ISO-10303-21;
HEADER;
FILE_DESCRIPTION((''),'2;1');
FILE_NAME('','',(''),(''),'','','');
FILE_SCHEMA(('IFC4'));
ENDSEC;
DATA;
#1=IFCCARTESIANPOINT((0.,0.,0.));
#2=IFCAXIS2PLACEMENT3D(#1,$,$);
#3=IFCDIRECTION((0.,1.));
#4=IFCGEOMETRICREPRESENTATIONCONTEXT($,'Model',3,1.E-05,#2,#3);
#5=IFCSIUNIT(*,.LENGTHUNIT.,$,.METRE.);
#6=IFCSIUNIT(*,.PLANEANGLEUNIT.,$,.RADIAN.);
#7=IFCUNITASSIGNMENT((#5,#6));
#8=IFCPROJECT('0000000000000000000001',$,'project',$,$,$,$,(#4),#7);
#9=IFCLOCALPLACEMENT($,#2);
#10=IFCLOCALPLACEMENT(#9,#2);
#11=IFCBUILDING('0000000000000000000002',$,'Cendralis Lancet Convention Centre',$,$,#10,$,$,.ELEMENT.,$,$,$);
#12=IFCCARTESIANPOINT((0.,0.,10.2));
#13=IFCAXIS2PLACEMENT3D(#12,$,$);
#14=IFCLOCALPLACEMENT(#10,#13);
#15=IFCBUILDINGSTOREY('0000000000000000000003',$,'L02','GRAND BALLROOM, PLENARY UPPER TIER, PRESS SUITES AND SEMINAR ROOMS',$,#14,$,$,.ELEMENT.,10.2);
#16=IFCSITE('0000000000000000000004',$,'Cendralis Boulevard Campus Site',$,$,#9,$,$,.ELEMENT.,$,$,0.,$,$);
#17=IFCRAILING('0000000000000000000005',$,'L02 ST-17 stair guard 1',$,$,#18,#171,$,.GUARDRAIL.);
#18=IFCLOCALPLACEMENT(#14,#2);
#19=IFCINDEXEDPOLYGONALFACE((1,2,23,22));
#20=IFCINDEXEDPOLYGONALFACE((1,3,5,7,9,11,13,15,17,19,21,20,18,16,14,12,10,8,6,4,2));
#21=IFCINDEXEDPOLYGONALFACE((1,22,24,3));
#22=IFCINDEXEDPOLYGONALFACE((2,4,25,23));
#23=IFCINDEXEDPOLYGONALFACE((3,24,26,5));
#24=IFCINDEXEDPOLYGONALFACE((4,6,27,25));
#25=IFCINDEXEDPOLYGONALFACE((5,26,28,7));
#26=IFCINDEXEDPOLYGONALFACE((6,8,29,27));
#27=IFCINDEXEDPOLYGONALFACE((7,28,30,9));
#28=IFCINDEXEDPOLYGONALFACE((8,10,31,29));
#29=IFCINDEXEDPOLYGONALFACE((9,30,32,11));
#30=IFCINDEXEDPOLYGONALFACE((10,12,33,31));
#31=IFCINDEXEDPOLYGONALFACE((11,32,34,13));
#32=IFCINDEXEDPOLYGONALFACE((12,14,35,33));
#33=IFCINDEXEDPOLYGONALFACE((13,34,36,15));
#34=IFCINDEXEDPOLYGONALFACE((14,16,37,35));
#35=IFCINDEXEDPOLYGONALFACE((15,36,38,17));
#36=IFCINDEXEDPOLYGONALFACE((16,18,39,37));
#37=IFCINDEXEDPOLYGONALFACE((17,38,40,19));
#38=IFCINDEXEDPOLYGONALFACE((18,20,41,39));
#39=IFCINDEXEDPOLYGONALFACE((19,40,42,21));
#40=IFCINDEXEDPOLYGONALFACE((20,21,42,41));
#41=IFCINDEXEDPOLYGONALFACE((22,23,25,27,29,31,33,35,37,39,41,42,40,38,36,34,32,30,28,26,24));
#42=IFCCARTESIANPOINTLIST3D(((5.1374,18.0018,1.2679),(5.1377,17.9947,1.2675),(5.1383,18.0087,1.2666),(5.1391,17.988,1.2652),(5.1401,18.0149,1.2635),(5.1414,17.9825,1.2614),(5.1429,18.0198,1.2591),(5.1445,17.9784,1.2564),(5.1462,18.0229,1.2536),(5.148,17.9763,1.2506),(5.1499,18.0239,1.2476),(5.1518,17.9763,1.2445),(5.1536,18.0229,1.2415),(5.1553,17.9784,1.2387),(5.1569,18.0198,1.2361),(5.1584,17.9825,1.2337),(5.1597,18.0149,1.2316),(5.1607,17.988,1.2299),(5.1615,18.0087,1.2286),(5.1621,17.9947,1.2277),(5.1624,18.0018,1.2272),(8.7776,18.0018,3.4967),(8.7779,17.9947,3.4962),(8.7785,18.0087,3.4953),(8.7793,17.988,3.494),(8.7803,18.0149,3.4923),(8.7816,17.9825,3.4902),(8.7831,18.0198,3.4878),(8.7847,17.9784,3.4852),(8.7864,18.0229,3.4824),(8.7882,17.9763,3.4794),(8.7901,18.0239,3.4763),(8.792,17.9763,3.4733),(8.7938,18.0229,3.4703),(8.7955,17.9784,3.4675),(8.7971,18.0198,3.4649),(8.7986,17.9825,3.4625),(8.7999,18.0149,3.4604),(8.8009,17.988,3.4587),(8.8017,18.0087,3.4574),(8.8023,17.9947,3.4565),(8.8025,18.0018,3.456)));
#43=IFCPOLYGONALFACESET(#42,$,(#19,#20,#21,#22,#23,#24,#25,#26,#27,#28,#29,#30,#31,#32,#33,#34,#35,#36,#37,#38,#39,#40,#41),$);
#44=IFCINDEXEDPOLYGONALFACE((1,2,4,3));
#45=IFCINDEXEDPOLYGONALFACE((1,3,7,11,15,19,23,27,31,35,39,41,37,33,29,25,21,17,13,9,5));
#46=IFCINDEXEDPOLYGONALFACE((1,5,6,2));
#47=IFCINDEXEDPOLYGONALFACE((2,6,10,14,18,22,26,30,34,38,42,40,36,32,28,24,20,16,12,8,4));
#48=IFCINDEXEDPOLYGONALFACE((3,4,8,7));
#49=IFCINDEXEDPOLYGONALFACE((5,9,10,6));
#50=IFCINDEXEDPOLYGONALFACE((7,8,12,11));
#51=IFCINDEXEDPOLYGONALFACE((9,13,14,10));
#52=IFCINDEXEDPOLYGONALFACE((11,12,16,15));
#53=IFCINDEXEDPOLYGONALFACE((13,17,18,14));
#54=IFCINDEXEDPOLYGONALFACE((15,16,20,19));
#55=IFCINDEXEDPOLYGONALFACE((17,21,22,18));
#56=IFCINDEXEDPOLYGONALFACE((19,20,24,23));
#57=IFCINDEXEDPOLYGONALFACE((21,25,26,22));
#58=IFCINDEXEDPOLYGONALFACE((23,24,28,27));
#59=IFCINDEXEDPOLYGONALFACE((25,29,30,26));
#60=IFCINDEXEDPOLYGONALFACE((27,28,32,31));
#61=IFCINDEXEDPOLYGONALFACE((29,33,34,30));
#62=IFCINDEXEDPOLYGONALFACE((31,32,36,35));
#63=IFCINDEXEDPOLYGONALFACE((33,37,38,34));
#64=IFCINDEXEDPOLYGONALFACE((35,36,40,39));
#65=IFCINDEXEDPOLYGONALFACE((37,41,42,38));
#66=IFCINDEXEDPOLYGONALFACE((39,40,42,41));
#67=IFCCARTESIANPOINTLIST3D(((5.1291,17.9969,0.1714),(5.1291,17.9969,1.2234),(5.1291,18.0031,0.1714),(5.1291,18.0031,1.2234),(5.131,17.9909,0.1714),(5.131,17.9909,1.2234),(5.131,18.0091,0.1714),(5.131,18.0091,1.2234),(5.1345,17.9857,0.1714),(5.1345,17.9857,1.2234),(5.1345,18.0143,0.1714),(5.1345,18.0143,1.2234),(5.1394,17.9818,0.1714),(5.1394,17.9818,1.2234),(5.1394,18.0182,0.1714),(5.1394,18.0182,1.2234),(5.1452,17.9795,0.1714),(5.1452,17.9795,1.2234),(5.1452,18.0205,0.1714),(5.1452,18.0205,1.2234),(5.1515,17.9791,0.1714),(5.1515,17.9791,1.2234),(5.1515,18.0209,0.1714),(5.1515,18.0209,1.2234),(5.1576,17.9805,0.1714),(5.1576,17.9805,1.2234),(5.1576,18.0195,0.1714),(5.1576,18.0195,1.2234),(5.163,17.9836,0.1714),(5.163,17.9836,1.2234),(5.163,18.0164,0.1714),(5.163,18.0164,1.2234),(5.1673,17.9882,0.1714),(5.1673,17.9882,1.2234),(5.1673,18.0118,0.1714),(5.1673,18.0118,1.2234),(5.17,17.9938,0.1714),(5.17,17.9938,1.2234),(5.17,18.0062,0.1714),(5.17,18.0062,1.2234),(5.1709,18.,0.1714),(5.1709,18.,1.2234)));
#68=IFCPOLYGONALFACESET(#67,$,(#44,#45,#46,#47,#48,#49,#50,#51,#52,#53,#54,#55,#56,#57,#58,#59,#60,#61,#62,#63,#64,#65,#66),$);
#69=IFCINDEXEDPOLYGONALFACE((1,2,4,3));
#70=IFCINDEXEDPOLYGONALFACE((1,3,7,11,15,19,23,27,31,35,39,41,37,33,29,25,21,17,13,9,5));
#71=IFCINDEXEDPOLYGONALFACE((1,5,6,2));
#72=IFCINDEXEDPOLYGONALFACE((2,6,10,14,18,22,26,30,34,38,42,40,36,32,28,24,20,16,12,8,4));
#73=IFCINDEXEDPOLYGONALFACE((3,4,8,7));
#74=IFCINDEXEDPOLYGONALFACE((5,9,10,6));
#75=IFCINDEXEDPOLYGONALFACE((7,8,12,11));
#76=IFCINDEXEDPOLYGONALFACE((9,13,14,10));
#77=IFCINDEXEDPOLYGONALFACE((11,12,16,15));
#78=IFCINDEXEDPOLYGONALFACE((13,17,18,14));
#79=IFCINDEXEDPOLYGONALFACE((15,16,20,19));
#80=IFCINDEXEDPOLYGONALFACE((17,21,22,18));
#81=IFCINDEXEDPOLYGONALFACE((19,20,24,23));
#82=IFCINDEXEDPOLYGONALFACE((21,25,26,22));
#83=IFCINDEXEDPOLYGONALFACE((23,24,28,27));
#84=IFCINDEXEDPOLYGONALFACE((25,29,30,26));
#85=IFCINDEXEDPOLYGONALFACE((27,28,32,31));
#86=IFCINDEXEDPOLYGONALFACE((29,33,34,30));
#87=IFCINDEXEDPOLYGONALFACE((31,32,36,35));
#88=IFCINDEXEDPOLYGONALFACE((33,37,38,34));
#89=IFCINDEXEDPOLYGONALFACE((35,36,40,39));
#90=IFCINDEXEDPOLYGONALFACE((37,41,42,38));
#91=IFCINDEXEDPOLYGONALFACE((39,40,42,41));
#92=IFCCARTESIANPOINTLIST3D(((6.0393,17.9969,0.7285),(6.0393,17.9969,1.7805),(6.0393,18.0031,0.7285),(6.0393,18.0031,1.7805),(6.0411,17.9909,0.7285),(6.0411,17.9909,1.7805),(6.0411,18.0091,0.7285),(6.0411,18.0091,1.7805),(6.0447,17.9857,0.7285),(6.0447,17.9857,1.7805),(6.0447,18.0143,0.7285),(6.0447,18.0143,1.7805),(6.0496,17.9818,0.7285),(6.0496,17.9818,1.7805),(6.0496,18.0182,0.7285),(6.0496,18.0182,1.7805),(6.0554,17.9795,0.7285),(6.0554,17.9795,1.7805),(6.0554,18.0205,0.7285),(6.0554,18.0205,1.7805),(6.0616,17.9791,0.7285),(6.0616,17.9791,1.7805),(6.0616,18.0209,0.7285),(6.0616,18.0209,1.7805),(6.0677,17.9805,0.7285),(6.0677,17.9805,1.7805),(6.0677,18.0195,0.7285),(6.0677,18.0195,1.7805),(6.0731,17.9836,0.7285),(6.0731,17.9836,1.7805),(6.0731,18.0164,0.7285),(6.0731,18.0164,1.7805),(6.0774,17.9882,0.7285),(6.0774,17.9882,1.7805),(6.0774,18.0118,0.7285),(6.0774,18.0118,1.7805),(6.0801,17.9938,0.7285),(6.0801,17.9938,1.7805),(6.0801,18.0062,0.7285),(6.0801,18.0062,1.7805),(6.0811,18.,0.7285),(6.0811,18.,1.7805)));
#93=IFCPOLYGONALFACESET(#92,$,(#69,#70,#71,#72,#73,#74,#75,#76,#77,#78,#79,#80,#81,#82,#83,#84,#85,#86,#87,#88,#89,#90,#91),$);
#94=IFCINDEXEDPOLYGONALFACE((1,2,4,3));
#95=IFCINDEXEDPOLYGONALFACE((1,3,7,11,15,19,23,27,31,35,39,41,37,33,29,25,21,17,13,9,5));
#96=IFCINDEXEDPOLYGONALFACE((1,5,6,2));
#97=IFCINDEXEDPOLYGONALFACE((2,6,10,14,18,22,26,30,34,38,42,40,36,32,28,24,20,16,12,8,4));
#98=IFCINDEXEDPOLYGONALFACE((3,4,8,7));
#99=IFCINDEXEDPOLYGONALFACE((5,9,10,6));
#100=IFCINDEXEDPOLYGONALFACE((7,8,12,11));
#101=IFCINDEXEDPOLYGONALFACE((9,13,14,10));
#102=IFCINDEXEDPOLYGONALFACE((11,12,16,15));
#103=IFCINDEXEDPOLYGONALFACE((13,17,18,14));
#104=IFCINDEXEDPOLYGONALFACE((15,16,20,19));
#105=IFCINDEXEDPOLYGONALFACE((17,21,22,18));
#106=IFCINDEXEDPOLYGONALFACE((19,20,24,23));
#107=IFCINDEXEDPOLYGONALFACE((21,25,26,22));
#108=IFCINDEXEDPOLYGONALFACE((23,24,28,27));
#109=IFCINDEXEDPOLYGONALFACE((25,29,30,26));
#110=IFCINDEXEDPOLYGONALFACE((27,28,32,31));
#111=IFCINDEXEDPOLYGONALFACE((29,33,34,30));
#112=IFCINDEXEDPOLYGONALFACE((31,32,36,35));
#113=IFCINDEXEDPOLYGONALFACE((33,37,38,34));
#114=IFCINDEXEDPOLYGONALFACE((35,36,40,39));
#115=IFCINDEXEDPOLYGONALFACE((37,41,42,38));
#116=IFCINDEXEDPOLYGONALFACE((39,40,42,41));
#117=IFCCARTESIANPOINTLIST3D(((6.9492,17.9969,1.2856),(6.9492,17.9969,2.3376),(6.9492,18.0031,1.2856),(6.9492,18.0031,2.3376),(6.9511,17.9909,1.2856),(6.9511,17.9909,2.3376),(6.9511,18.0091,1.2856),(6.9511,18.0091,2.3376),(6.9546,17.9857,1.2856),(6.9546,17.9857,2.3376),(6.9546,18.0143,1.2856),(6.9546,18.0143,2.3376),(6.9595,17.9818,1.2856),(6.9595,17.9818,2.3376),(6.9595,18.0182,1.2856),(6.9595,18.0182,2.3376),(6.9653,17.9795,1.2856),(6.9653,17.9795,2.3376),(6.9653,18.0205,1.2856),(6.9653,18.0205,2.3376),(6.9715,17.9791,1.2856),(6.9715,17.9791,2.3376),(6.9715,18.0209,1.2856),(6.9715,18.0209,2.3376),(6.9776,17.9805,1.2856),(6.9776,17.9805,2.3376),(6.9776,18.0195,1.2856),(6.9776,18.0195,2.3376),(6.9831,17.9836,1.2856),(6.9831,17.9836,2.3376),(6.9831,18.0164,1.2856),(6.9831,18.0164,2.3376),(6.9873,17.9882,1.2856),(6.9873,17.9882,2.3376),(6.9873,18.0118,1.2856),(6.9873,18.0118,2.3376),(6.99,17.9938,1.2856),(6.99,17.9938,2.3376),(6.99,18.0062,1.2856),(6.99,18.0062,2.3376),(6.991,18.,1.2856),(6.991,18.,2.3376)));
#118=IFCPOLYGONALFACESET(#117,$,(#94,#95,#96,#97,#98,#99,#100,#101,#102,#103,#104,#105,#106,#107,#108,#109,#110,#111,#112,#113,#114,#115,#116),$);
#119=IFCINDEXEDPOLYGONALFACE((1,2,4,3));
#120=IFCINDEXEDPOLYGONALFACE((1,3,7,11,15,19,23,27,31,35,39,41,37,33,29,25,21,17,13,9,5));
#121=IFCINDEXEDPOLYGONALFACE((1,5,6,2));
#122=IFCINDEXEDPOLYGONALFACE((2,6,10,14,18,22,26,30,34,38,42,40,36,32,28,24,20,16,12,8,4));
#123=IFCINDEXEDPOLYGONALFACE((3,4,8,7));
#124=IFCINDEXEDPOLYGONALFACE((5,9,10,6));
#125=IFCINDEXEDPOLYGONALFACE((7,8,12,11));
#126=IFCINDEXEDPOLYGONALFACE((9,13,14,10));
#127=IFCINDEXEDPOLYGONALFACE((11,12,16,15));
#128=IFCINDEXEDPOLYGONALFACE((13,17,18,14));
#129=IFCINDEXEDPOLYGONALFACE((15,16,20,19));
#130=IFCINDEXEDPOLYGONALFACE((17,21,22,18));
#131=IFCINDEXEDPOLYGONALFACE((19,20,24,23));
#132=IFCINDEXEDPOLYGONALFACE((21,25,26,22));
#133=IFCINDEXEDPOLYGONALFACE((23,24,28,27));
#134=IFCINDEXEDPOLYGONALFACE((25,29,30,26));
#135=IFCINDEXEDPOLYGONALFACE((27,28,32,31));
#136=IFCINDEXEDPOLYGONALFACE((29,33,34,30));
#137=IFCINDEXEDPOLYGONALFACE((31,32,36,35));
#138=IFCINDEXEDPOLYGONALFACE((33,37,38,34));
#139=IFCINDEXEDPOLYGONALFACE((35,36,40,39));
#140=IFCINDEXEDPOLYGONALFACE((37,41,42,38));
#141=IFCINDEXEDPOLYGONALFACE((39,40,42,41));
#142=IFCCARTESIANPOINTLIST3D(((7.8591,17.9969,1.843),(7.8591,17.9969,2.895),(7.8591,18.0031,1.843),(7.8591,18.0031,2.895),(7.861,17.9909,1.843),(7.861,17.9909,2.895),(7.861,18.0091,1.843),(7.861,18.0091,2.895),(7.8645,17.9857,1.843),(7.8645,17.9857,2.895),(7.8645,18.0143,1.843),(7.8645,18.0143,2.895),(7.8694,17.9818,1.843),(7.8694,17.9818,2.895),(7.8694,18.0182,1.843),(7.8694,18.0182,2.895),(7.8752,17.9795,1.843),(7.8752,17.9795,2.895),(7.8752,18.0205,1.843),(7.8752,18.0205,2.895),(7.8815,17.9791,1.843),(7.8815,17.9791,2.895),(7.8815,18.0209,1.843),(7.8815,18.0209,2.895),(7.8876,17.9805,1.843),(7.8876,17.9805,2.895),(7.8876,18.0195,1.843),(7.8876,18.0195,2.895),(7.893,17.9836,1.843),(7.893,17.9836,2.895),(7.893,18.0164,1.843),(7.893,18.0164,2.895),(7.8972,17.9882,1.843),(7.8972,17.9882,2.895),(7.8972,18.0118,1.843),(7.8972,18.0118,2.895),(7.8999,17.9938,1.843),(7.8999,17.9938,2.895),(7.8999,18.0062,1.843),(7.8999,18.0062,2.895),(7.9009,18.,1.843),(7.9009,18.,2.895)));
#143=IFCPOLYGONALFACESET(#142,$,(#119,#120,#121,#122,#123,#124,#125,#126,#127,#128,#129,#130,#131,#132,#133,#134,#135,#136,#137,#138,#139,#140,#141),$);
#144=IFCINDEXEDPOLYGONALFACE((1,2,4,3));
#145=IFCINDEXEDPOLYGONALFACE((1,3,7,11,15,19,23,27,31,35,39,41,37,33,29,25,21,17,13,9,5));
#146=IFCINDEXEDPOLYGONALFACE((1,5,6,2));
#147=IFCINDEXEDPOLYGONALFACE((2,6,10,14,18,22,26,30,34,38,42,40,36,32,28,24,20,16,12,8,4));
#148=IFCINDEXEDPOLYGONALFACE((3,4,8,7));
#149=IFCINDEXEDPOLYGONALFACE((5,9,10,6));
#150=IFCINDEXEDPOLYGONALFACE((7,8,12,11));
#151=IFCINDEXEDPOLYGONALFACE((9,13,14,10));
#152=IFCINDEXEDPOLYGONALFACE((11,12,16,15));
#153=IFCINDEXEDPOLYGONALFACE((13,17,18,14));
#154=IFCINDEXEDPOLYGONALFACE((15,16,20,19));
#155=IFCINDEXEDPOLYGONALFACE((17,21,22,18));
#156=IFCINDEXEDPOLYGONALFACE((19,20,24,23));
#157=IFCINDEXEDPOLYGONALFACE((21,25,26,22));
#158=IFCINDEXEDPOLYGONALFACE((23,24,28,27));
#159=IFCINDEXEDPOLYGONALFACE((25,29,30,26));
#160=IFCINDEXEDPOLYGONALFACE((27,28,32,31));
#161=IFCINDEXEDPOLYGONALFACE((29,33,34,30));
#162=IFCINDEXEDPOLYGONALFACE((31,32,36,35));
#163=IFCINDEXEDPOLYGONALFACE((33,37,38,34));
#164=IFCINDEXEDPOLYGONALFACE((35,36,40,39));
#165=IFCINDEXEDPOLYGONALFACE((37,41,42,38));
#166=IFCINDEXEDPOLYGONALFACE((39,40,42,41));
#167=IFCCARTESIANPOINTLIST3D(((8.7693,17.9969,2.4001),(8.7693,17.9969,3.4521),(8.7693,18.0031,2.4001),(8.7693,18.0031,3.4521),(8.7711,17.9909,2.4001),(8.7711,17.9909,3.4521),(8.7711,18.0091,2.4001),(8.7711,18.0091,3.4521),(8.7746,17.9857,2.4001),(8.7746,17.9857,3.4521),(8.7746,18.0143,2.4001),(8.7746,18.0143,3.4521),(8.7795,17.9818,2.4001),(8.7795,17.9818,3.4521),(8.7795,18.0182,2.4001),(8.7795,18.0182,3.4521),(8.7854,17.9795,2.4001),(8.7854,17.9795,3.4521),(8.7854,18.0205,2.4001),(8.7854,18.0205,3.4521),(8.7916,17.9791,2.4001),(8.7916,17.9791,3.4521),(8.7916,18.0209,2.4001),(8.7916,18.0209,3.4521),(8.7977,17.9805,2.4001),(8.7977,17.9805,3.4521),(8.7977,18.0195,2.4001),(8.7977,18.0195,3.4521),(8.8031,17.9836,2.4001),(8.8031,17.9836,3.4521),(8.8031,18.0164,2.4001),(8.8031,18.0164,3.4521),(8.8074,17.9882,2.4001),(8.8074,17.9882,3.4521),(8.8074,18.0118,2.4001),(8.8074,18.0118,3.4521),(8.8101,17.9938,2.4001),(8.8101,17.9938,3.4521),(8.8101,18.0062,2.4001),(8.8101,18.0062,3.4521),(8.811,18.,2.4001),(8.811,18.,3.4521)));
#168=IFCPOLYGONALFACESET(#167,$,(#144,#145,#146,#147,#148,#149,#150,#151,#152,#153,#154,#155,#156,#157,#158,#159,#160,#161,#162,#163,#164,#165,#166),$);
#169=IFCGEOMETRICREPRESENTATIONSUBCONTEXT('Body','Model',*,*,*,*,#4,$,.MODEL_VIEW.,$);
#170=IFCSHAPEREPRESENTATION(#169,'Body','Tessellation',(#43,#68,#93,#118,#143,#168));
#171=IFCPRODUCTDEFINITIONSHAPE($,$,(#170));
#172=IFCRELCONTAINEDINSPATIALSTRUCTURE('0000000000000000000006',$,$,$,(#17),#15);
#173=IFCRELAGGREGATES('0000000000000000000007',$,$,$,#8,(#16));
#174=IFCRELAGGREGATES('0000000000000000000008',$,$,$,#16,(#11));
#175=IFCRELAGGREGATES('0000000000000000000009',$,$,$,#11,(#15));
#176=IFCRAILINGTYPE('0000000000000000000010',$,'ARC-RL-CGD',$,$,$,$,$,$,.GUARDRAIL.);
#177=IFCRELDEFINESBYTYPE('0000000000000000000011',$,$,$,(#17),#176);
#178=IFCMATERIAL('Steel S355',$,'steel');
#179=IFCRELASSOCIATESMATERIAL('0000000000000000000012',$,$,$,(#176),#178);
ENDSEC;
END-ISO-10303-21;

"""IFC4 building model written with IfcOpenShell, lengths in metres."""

from ifc_helpers import new_model, si_unit, direction, frame, origin, origin_2d, place, context, subcontext, project, spatial, circle, extrude, material, type_object, element, save


model = new_model("IFC4")

# Units and contexts
model_context = context("Model", 3, precision=1e-05, world=origin(), true_north=direction((0.0, 1.0)))
body_context = subcontext(model_context, "Body", "Model", "MODEL_VIEW")
ifc_project = project(units=[si_unit("LENGTHUNIT", "METRE"), si_unit("PLANEANGLEUNIT", "RADIAN")], contexts=[model_context])

# Site, building, storey
site_placement = place(None, origin())
site = spatial("IfcSite", under=ifc_project, at=site_placement, Name="Cendralis Boulevard Campus Site", CompositionType="ELEMENT", RefElevation=0.0)
building_placement = place(site_placement, origin())
building = spatial("IfcBuilding", under=site, at=building_placement, Name="Cendralis Lancet Convention Centre", CompositionType="ELEMENT")
storey_placement = place(building_placement, frame((0.0, 0.0, 10.2)))
storey = spatial("IfcBuildingStorey", under=building, at=storey_placement, Name="L02", Description="GRAND BALLROOM, PLENARY UPPER TIER, PRESS SUITES AND SEMINAR ROOMS", CompositionType="ELEMENT", Elevation=10.2)

# Shared definitions
ifc_material_1 = material(Name="Steel S355", Category="steel")

# Railing
railing_type_1 = type_object("IfcRailingType", Name="ARC-RL-CGD", PredefinedType="GUARDRAIL", material=ifc_material_1)
railing_1_placement = place(storey_placement, frame((5.1499, 18.0, 0.1714)))
element("IfcRailing", 1, at=railing_1_placement, inside=storey, type_object=railing_type_1, Name="L02 ST-17 stair guard 1", PredefinedType="GUARDRAIL", context=body_context, shape_type="SweptSolid", body=[
    extrude(circle(Radius=0.0239, at=origin_2d()), frame((0.0, 0.0, 1.0762), z_axis=(0.85284, 0.0, 0.522172), x_axis=(0.0, 1.0, 0.0)), (0.0, 0.0, 1.0), 4.2683),
    extrude(circle(Radius=0.021, at=origin_2d()), origin(), (0.0, 0.0, 1.0), 1.052),
    extrude(circle(Radius=0.021, at=origin_2d()), frame((0.9102, 0.0, 0.5571)), (0.0, 0.0, 1.0), 1.052),
    extrude(circle(Radius=0.021, at=origin_2d()), frame((1.8201, 0.0, 1.1143)), (0.0, 0.0, 1.0), 1.052),
    extrude(circle(Radius=0.021, at=origin_2d()), frame((2.73, 0.0, 1.6716)), (0.0, 0.0, 1.0), 1.052),
    extrude(circle(Radius=0.021, at=origin_2d()), frame((3.6401, 0.0, 2.2288)), (0.0, 0.0, 1.0), 1.052),
])

save(model, "model.ifc")
